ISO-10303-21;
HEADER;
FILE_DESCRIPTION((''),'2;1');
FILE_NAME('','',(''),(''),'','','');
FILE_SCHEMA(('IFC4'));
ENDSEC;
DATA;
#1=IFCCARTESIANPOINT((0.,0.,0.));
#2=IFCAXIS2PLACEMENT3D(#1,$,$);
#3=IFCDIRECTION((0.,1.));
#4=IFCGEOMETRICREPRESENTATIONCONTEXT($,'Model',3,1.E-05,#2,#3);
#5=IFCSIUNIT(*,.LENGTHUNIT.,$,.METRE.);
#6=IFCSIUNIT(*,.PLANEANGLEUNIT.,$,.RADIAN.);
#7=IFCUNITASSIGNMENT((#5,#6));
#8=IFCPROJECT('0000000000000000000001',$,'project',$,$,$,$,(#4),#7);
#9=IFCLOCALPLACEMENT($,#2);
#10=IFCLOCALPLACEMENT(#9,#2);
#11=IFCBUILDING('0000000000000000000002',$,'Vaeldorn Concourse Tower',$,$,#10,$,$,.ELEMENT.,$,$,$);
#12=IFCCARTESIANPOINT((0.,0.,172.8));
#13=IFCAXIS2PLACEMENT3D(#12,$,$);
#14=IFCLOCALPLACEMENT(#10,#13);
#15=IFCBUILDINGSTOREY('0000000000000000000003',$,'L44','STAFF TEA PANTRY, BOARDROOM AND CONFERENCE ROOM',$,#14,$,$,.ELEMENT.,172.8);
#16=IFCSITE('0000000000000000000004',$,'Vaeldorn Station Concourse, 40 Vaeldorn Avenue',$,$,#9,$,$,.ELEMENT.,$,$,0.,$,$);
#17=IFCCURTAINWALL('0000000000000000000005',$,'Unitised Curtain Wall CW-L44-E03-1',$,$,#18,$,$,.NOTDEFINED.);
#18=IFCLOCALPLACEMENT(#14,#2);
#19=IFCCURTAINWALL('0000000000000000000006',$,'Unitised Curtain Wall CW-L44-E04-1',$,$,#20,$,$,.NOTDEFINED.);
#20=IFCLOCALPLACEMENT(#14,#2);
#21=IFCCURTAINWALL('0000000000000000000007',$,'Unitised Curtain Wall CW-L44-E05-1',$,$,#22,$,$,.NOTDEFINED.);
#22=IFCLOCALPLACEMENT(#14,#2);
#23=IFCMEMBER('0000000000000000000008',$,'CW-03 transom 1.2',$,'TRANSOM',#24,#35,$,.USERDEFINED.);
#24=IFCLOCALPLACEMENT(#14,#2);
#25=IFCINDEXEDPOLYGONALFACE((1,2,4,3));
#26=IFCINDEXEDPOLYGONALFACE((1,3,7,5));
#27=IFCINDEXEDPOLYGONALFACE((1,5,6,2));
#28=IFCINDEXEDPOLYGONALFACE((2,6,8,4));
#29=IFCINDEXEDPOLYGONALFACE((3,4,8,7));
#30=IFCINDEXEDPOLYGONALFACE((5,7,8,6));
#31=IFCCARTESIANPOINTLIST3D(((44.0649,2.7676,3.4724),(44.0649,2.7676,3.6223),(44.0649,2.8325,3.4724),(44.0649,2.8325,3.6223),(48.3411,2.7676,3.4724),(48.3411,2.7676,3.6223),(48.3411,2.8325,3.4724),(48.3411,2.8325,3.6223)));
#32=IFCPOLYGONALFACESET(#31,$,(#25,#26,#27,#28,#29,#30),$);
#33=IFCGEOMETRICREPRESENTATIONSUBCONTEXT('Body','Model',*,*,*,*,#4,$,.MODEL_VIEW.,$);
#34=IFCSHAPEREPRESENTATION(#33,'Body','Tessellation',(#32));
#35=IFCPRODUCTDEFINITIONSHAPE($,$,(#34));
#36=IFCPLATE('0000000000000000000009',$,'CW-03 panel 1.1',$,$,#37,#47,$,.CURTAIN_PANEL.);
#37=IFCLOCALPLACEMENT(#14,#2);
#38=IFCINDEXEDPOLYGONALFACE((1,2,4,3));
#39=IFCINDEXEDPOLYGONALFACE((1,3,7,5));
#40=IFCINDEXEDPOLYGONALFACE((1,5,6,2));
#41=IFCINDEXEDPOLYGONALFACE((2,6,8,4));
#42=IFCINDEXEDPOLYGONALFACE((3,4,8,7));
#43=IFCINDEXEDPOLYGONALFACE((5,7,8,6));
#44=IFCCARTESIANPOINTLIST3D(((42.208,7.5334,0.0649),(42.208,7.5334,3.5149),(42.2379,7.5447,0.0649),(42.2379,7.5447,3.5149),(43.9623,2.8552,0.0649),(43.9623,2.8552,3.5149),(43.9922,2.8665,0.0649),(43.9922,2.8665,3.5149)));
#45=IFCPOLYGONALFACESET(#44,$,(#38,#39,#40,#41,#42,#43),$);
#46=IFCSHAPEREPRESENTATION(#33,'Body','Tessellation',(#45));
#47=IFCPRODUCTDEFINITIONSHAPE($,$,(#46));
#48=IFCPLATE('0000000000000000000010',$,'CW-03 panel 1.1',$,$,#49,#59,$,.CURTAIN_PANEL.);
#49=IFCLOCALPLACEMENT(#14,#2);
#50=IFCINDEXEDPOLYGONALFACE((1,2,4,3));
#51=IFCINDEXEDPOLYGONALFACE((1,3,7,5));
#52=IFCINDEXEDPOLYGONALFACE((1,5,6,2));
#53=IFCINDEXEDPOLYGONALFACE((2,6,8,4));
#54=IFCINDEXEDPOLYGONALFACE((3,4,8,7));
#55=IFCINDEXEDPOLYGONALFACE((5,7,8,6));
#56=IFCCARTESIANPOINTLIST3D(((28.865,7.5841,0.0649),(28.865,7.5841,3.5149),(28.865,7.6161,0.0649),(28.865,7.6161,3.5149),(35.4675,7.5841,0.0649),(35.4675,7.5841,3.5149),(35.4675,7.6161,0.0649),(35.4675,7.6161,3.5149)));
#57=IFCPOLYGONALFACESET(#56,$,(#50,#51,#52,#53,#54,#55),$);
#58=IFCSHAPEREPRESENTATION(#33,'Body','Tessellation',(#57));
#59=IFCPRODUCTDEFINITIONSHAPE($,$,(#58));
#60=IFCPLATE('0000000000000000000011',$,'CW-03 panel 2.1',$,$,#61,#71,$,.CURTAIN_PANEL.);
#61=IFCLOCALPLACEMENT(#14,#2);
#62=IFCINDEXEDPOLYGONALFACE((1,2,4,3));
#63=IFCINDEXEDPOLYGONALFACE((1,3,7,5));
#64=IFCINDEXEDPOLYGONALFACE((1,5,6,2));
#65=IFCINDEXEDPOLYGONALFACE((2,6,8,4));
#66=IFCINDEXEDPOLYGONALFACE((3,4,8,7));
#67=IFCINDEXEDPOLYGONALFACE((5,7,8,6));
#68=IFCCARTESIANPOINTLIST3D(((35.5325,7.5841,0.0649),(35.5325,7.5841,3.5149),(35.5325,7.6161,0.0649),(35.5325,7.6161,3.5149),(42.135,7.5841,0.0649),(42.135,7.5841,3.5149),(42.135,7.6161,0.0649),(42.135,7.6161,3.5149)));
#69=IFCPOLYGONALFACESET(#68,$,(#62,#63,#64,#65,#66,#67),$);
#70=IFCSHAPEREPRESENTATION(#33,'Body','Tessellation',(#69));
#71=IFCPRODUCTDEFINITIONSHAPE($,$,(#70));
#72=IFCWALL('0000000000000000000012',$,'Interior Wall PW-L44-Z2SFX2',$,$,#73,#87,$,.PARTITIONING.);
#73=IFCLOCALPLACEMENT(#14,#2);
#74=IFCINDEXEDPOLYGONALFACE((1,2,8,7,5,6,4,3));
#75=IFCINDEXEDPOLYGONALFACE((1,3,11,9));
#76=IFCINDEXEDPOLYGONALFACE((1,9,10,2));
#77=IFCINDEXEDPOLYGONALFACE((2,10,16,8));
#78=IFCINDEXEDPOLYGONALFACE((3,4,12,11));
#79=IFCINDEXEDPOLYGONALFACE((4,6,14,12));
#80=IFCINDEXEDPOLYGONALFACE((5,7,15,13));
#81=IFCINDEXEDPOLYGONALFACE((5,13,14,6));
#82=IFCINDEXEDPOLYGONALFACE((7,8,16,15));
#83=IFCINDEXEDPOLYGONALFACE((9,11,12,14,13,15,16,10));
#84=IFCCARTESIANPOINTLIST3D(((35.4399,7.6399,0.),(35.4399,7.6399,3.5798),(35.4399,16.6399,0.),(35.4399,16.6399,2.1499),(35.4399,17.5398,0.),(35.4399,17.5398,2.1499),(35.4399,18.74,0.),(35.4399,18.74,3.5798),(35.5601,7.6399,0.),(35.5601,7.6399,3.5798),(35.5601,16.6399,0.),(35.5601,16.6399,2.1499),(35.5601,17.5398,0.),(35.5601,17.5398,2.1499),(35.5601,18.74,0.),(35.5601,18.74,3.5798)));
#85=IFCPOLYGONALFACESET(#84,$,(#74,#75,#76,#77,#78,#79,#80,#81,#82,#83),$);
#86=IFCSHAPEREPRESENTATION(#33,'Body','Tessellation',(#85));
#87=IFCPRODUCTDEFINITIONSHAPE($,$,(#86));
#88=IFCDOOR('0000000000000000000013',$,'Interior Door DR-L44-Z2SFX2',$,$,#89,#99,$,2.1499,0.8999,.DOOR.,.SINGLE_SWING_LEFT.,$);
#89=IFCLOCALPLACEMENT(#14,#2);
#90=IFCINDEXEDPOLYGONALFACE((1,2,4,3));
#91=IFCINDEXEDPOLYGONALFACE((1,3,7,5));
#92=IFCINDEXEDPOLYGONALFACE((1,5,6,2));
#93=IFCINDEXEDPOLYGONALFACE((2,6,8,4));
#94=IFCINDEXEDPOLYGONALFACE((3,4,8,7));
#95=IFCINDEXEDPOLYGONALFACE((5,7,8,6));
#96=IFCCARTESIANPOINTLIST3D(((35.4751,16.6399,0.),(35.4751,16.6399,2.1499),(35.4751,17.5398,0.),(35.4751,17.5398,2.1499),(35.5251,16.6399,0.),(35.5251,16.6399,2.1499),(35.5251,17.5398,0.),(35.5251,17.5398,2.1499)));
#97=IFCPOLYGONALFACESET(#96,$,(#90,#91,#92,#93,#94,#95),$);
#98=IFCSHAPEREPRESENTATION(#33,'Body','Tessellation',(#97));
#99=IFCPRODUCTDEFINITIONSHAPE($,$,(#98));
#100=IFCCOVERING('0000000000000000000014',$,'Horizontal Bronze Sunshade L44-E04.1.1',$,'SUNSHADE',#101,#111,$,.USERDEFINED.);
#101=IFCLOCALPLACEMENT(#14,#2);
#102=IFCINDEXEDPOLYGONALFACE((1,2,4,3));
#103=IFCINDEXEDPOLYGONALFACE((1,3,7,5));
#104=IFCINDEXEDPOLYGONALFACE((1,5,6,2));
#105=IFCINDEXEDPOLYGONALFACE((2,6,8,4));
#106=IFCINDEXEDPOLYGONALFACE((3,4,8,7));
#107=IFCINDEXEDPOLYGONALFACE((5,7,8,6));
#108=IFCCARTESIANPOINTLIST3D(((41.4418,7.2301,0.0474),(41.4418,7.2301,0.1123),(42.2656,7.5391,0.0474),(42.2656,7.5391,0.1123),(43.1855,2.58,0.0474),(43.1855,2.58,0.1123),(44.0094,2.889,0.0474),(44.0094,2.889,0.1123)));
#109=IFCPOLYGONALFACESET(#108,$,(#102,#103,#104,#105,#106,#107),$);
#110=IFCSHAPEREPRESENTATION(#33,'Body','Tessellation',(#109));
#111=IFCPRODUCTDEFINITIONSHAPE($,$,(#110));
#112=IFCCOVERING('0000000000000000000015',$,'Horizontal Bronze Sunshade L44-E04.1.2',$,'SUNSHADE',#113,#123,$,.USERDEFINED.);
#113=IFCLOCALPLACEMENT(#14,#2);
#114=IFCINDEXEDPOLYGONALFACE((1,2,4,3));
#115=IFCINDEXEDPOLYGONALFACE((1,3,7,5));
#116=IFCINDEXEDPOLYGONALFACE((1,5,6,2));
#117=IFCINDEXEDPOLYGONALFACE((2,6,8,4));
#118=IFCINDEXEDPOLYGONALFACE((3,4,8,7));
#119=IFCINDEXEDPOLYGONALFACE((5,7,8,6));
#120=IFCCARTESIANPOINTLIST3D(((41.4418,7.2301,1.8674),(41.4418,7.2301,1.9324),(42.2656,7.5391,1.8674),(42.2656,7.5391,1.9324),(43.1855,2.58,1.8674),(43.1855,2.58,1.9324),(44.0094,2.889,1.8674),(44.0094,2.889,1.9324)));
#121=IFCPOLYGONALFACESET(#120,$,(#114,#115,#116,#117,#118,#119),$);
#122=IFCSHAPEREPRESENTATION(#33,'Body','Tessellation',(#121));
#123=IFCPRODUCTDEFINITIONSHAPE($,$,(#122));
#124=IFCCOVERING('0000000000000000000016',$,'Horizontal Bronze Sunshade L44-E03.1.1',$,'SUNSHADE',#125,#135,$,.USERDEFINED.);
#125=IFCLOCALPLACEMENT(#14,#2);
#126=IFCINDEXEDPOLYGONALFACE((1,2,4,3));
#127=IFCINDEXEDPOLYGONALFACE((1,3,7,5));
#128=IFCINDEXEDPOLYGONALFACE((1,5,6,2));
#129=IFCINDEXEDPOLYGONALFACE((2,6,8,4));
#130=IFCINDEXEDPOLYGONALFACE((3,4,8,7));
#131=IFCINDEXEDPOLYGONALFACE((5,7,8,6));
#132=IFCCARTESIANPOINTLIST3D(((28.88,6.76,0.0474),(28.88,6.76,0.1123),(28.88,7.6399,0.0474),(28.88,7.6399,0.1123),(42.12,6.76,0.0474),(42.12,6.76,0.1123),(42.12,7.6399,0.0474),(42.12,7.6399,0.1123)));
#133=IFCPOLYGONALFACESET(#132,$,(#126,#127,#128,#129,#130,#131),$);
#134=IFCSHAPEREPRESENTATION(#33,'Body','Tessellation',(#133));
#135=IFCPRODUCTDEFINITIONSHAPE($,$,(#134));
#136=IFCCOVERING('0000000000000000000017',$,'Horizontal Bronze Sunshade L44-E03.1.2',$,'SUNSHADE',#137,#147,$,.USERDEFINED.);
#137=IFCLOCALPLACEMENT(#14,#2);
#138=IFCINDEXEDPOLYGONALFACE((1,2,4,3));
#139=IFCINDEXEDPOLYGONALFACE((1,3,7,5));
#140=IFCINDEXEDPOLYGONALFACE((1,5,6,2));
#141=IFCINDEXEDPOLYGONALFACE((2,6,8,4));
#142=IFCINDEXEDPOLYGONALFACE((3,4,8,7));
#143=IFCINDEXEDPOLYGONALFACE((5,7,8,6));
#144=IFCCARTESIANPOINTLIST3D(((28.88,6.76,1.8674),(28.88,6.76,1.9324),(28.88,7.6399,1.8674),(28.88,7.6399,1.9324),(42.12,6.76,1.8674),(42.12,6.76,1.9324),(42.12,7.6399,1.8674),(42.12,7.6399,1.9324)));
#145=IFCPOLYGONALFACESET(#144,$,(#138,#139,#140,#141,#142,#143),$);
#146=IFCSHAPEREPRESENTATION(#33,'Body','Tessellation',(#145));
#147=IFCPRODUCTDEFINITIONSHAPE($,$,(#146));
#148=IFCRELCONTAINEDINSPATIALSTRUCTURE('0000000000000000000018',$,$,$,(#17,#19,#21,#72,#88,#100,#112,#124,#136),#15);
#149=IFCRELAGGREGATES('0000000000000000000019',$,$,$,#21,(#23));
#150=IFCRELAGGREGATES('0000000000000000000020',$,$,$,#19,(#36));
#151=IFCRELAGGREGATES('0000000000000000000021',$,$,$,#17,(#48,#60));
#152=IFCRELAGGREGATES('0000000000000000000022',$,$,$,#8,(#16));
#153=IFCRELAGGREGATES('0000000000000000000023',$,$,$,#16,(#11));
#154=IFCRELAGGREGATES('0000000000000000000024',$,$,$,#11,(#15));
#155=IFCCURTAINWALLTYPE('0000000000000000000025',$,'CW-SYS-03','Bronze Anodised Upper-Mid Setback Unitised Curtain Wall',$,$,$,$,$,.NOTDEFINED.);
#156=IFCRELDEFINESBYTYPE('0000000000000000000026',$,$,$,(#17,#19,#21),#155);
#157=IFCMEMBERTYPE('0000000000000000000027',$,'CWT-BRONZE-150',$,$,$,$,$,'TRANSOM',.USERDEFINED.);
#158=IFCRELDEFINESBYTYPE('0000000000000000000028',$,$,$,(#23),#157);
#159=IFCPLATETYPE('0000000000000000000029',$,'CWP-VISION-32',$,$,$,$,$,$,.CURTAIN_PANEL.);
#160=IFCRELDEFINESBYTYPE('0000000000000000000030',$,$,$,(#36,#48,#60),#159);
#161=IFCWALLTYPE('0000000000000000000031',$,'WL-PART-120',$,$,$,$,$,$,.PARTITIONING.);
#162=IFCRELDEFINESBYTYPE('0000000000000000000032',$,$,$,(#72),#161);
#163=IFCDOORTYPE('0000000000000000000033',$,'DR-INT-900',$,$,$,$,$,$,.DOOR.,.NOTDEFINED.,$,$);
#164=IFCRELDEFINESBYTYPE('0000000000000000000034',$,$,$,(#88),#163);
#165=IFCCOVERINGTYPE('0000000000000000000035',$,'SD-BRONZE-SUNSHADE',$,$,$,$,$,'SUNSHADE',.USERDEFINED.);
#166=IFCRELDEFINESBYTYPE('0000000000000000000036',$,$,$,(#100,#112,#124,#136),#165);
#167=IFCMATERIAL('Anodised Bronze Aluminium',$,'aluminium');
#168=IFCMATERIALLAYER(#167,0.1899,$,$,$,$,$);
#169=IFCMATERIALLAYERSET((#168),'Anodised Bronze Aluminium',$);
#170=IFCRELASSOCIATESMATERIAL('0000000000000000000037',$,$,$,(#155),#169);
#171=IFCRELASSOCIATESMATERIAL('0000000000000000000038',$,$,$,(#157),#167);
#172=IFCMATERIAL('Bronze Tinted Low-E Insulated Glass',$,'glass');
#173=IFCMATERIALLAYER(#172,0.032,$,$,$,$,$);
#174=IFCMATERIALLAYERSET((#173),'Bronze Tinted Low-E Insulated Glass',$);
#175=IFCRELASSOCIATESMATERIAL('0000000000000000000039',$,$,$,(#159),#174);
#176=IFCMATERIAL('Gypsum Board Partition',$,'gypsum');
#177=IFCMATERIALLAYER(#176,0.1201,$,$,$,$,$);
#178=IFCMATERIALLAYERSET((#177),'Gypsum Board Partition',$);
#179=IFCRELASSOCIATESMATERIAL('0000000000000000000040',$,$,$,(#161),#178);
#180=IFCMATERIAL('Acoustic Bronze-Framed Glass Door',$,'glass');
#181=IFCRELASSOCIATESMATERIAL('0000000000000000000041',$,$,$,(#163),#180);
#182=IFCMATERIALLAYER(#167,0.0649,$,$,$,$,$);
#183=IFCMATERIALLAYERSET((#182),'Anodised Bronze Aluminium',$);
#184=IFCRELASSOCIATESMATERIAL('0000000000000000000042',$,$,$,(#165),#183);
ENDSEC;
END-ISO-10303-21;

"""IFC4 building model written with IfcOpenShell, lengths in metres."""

from ifc_helpers import new_model, si_unit, direction, frame, frame_2d, origin, origin_2d, place, context, subcontext, project, spatial, rectangle, extrude, source, transform, mapped, material, layer, layer_set, material_profile, profile_set, type_object, element, fill, aggregate, save


model = new_model("IFC4")

# Units and contexts
model_context = context("Model", 3, precision=1e-05, world=origin(), true_north=direction((0.0, 1.0)))
body_context = subcontext(model_context, "Body", "Model", "MODEL_VIEW")
ifc_project = project(units=[si_unit("LENGTHUNIT", "METRE"), si_unit("PLANEANGLEUNIT", "RADIAN")], contexts=[model_context])

# Site, building, storey
site_placement = place(None, origin())
site = spatial("IfcSite", under=ifc_project, at=site_placement, Name="Vaeldorn Station Concourse, 40 Vaeldorn Avenue", CompositionType="ELEMENT", RefElevation=0.0)
building_placement = place(site_placement, origin())
building = spatial("IfcBuilding", under=site, at=building_placement, Name="Vaeldorn Concourse Tower", CompositionType="ELEMENT")
storey_placement = place(building_placement, frame((0.0, 0.0, 172.8)))
storey = spatial("IfcBuildingStorey", under=building, at=storey_placement, Name="L44", Description="STAFF TEA PANTRY, BOARDROOM AND CONFERENCE ROOM", CompositionType="ELEMENT", Elevation=172.8)

# Curtain walls
ifc_material_1 = material(Name="Anodised Bronze Aluminium", Category="aluminium")
ifc_layer_1 = layer(ifc_material_1, 0.1899)
ifc_layer_set_1 = layer_set([ifc_layer_1], Name="Anodised Bronze Aluminium")
curtain_wall_type = type_object("IfcCurtainWallType", Name="CW-SYS-03", Description="Bronze Anodised Upper-Mid Setback Unitised Curtain Wall", PredefinedType="NOTDEFINED", material=ifc_layer_set_1)
curtain_wall_1_placement = place(storey_placement, origin())
curtain_wall_1 = element("IfcCurtainWall", 1, at=curtain_wall_1_placement, inside=storey, type_object=curtain_wall_type, Name="Unitised Curtain Wall CW-L44-E03-1", PredefinedType="NOTDEFINED")
curtain_wall_2_placement = place(storey_placement, origin())
curtain_wall_2 = element("IfcCurtainWall", 2, at=curtain_wall_2_placement, inside=storey, type_object=curtain_wall_type, Name="Unitised Curtain Wall CW-L44-E04-1", PredefinedType="NOTDEFINED")

# Curtain wall
curtain_wall_3_placement = place(storey_placement, origin())
curtain_wall_3 = element("IfcCurtainWall", 3, at=curtain_wall_3_placement, inside=storey, type_object=curtain_wall_type, Name="Unitised Curtain Wall CW-L44-E05-1", PredefinedType="NOTDEFINED")

# Member
ifc_material_profile_1 = material_profile(ifc_material_1, rectangle(XDim=0.0649, YDim=0.1499, at=origin_2d()), Name="CWT 65x150")
ifc_profile_set_1 = profile_set([ifc_material_profile_1], Name="Anodised Bronze Aluminium")
member_type_1 = type_object("IfcMemberType", Name="CWT-BRONZE-150", ElementType="TRANSOM", PredefinedType="USERDEFINED", material=ifc_profile_set_1)
shared_shape_1 = source(origin(), body_context, "Body", "SweptSolid", [
    extrude(rectangle(XDim=0.0649, YDim=0.1499, at=origin_2d()), origin(), (0.0, 0.0, 1.0), 4.2761),
])
member_1_placement = place(storey_placement, frame((44.0649, 2.8, 3.5474), z_axis=(1.0, 0.0, 0.0), x_axis=(0.0, 1.0, 0.0)))
member_1 = element("IfcMember", 4, at=member_1_placement, type_object=member_type_1, Name="CW-03 transom 1.2", ObjectType="TRANSOM", PredefinedType="USERDEFINED", context=body_context, shape_type="MappedRepresentation", body=[
    mapped(shared_shape_1, transform((0.0, 0.0, 0.0), scale=1.0)),
])
aggregate(curtain_wall_3, [member_1])

# Plates
ifc_material_2 = material(Name="Bronze Tinted Low-E Insulated Glass", Category="glass")
ifc_layer_2 = layer(ifc_material_2, 0.032)
ifc_layer_set_2 = layer_set([ifc_layer_2], Name="Bronze Tinted Low-E Insulated Glass")
plate_type = type_object("IfcPlateType", Name="CWP-VISION-32", PredefinedType="CURTAIN_PANEL", material=ifc_layer_set_2)
shared_shape_2 = source(origin(), body_context, "Body", "SweptSolid", [
    extrude(rectangle(XDim=4.9963, YDim=0.032, at=origin_2d()), origin(), (0.0, 0.0, 1.0), 3.45),
])
plate_1_placement = place(storey_placement, frame((43.1001, 5.2, 0.0649), z_axis=(0.0, 0.0, 1.0), x_axis=(0.351123, -0.936329, 0.0)))
plate_1 = element("IfcPlate", 5, at=plate_1_placement, type_object=plate_type, Name="CW-03 panel 1.1", PredefinedType="CURTAIN_PANEL", context=body_context, shape_type="MappedRepresentation", body=[
    mapped(shared_shape_2, transform((0.0, 0.0, 0.0), scale=1.0)),
])
aggregate(curtain_wall_2, [plate_1])
shared_shape_3 = source(origin(), body_context, "Body", "SweptSolid", [
    extrude(rectangle(XDim=6.6025, YDim=0.032, at=origin_2d()), origin(), (0.0, 0.0, 1.0), 3.45),
])
plate_2_placement = place(storey_placement, frame((32.1663, 7.6001, 0.0649), z_axis=(0.0, 0.0, 1.0), x_axis=(1.0, 0.0, 0.0)))
plate_2 = element("IfcPlate", 6, at=plate_2_placement, type_object=plate_type, Name="CW-03 panel 1.1", PredefinedType="CURTAIN_PANEL", context=body_context, shape_type="MappedRepresentation", body=[
    mapped(shared_shape_3, transform((0.0, 0.0, 0.0), scale=1.0)),
])
plate_3_placement = place(storey_placement, frame((38.8337, 7.6001, 0.0649), z_axis=(0.0, 0.0, 1.0), x_axis=(1.0, 0.0, 0.0)))
plate_3 = element("IfcPlate", 7, at=plate_3_placement, type_object=plate_type, Name="CW-03 panel 2.1", PredefinedType="CURTAIN_PANEL", context=body_context, shape_type="MappedRepresentation", body=[
    mapped(shared_shape_3, transform((0.0, 0.0, 0.0), scale=1.0)),
])
aggregate(curtain_wall_1, [plate_2, plate_3])

# Wall, opening, door
ifc_material_3 = material(Name="Gypsum Board Partition", Category="gypsum")
ifc_layer_3 = layer(ifc_material_3, 0.1201)
ifc_layer_set_3 = layer_set([ifc_layer_3], Name="Gypsum Board Partition")
wall_type = type_object("IfcWallType", Name="WL-PART-120", PredefinedType="PARTITIONING", material=ifc_layer_set_3)
wall_placement = place(storey_placement, frame((35.5, 7.6399, 0.0), z_axis=(0.0, 0.0, 1.0), x_axis=(0.0, 1.0, 0.0)))
wall = element("IfcWall", 8, at=wall_placement, inside=storey, type_object=wall_type, Name="Interior Wall PW-L44-Z2SFX2", PredefinedType="PARTITIONING", context=body_context, shape_type="SweptSolid", body=[
    extrude(rectangle(XDim=11.1001, YDim=0.1201, at=frame_2d((5.55, 0.0))), origin(), (0.0, 0.0, 1.0), 3.5798),
])
opening_placement = place(wall_placement, frame((9.0, 0.0, 0.0)))
opening = element("IfcOpeningElement", 9, at=opening_placement, cuts=wall, PredefinedType="OPENING", context=body_context, shape_type="SweptSolid", body=[
    extrude(rectangle(XDim=0.8999, YDim=2.1499, at=frame_2d((0.45, 1.075))), frame((0.0, 0.0701, 0.0), z_axis=(0.0, -1.0, 0.0), x_axis=(1.0, 0.0, 0.0)), (0.0, 0.0, 1.0), 0.1401),
])
ifc_material_4 = material(Name="Acoustic Bronze-Framed Glass Door", Category="glass")
door_type = type_object("IfcDoorType", Name="DR-INT-900", OperationType="NOTDEFINED", PredefinedType="DOOR", material=ifc_material_4)
shared_shape_4 = source(origin(), body_context, "Body", "SweptSolid", [
    extrude(rectangle(XDim=0.8999, YDim=2.1499, at=frame_2d((0.45, 1.075))), frame((0.0, 0.0249, 0.0), z_axis=(0.0, -1.0, 0.0), x_axis=(1.0, 0.0, 0.0)), (0.0, 0.0, 1.0), 0.05),
])
door_placement = place(opening_placement, origin())
door = element("IfcDoor", 10, at=door_placement, inside=storey, type_object=door_type, Name="Interior Door DR-L44-Z2SFX2", OperationType="SINGLE_SWING_LEFT", OverallHeight=2.1499, OverallWidth=0.8999, PredefinedType="DOOR", context=body_context, shape_type="MappedRepresentation", body=[
    mapped(shared_shape_4, transform((0.0, 0.0, 0.0), scale=1.0)),
])
fill(opening, door)

# Coverings
ifc_layer_4 = layer(ifc_material_1, 0.0649)
ifc_layer_set_4 = layer_set([ifc_layer_4], Name="Anodised Bronze Aluminium")
covering_type = type_object("IfcCoveringType", Name="SD-BRONZE-SUNSHADE", ElementType="SUNSHADE", PredefinedType="USERDEFINED", material=ifc_layer_set_4)
shared_shape_5 = source(origin(), body_context, "Body", "SweptSolid", [
    extrude(rectangle(XDim=4.9663, YDim=0.8799, at=origin_2d()), origin(), (0.0, 0.0, 1.0), 0.0649),
])
for number, where, z_axis, x_axis, name in (
    (11, (42.7256, 5.0596, 0.0474), (0.0, 0.0, 1.0), (0.351123, -0.936329, 0.0), "Horizontal Bronze Sunshade L44-E04.1.1"),
    (12, (42.7256, 5.0596, 1.8674), (0.0, 0.0, 1.0), (0.351123, -0.936329, 0.0), "Horizontal Bronze Sunshade L44-E04.1.2"),
):
    element("IfcCovering", number, at=place(storey_placement, frame(where, z_axis=z_axis, x_axis=x_axis)), inside=storey, type_object=covering_type, Name=name, ObjectType="SUNSHADE", PredefinedType="USERDEFINED", context=body_context, shape_type="MappedRepresentation", body=[
        mapped(shared_shape_5, transform((0.0, 0.0, 0.0), scale=1.0)),
    ])
shared_shape_6 = source(origin(), body_context, "Body", "SweptSolid", [
    extrude(rectangle(XDim=13.24, YDim=0.8799, at=origin_2d()), origin(), (0.0, 0.0, 1.0), 0.0649),
])
for number, where, z_axis, x_axis, name in (
    (13, (35.5, 7.2, 0.0474), (0.0, 0.0, 1.0), (1.0, 0.0, 0.0), "Horizontal Bronze Sunshade L44-E03.1.1"),
    (14, (35.5, 7.2, 1.8674), (0.0, 0.0, 1.0), (1.0, 0.0, 0.0), "Horizontal Bronze Sunshade L44-E03.1.2"),
):
    element("IfcCovering", number, at=place(storey_placement, frame(where, z_axis=z_axis, x_axis=x_axis)), inside=storey, type_object=covering_type, Name=name, ObjectType="SUNSHADE", PredefinedType="USERDEFINED", context=body_context, shape_type="MappedRepresentation", body=[
        mapped(shared_shape_6, transform((0.0, 0.0, 0.0), scale=1.0)),
    ])

save(model, "model.ifc")
